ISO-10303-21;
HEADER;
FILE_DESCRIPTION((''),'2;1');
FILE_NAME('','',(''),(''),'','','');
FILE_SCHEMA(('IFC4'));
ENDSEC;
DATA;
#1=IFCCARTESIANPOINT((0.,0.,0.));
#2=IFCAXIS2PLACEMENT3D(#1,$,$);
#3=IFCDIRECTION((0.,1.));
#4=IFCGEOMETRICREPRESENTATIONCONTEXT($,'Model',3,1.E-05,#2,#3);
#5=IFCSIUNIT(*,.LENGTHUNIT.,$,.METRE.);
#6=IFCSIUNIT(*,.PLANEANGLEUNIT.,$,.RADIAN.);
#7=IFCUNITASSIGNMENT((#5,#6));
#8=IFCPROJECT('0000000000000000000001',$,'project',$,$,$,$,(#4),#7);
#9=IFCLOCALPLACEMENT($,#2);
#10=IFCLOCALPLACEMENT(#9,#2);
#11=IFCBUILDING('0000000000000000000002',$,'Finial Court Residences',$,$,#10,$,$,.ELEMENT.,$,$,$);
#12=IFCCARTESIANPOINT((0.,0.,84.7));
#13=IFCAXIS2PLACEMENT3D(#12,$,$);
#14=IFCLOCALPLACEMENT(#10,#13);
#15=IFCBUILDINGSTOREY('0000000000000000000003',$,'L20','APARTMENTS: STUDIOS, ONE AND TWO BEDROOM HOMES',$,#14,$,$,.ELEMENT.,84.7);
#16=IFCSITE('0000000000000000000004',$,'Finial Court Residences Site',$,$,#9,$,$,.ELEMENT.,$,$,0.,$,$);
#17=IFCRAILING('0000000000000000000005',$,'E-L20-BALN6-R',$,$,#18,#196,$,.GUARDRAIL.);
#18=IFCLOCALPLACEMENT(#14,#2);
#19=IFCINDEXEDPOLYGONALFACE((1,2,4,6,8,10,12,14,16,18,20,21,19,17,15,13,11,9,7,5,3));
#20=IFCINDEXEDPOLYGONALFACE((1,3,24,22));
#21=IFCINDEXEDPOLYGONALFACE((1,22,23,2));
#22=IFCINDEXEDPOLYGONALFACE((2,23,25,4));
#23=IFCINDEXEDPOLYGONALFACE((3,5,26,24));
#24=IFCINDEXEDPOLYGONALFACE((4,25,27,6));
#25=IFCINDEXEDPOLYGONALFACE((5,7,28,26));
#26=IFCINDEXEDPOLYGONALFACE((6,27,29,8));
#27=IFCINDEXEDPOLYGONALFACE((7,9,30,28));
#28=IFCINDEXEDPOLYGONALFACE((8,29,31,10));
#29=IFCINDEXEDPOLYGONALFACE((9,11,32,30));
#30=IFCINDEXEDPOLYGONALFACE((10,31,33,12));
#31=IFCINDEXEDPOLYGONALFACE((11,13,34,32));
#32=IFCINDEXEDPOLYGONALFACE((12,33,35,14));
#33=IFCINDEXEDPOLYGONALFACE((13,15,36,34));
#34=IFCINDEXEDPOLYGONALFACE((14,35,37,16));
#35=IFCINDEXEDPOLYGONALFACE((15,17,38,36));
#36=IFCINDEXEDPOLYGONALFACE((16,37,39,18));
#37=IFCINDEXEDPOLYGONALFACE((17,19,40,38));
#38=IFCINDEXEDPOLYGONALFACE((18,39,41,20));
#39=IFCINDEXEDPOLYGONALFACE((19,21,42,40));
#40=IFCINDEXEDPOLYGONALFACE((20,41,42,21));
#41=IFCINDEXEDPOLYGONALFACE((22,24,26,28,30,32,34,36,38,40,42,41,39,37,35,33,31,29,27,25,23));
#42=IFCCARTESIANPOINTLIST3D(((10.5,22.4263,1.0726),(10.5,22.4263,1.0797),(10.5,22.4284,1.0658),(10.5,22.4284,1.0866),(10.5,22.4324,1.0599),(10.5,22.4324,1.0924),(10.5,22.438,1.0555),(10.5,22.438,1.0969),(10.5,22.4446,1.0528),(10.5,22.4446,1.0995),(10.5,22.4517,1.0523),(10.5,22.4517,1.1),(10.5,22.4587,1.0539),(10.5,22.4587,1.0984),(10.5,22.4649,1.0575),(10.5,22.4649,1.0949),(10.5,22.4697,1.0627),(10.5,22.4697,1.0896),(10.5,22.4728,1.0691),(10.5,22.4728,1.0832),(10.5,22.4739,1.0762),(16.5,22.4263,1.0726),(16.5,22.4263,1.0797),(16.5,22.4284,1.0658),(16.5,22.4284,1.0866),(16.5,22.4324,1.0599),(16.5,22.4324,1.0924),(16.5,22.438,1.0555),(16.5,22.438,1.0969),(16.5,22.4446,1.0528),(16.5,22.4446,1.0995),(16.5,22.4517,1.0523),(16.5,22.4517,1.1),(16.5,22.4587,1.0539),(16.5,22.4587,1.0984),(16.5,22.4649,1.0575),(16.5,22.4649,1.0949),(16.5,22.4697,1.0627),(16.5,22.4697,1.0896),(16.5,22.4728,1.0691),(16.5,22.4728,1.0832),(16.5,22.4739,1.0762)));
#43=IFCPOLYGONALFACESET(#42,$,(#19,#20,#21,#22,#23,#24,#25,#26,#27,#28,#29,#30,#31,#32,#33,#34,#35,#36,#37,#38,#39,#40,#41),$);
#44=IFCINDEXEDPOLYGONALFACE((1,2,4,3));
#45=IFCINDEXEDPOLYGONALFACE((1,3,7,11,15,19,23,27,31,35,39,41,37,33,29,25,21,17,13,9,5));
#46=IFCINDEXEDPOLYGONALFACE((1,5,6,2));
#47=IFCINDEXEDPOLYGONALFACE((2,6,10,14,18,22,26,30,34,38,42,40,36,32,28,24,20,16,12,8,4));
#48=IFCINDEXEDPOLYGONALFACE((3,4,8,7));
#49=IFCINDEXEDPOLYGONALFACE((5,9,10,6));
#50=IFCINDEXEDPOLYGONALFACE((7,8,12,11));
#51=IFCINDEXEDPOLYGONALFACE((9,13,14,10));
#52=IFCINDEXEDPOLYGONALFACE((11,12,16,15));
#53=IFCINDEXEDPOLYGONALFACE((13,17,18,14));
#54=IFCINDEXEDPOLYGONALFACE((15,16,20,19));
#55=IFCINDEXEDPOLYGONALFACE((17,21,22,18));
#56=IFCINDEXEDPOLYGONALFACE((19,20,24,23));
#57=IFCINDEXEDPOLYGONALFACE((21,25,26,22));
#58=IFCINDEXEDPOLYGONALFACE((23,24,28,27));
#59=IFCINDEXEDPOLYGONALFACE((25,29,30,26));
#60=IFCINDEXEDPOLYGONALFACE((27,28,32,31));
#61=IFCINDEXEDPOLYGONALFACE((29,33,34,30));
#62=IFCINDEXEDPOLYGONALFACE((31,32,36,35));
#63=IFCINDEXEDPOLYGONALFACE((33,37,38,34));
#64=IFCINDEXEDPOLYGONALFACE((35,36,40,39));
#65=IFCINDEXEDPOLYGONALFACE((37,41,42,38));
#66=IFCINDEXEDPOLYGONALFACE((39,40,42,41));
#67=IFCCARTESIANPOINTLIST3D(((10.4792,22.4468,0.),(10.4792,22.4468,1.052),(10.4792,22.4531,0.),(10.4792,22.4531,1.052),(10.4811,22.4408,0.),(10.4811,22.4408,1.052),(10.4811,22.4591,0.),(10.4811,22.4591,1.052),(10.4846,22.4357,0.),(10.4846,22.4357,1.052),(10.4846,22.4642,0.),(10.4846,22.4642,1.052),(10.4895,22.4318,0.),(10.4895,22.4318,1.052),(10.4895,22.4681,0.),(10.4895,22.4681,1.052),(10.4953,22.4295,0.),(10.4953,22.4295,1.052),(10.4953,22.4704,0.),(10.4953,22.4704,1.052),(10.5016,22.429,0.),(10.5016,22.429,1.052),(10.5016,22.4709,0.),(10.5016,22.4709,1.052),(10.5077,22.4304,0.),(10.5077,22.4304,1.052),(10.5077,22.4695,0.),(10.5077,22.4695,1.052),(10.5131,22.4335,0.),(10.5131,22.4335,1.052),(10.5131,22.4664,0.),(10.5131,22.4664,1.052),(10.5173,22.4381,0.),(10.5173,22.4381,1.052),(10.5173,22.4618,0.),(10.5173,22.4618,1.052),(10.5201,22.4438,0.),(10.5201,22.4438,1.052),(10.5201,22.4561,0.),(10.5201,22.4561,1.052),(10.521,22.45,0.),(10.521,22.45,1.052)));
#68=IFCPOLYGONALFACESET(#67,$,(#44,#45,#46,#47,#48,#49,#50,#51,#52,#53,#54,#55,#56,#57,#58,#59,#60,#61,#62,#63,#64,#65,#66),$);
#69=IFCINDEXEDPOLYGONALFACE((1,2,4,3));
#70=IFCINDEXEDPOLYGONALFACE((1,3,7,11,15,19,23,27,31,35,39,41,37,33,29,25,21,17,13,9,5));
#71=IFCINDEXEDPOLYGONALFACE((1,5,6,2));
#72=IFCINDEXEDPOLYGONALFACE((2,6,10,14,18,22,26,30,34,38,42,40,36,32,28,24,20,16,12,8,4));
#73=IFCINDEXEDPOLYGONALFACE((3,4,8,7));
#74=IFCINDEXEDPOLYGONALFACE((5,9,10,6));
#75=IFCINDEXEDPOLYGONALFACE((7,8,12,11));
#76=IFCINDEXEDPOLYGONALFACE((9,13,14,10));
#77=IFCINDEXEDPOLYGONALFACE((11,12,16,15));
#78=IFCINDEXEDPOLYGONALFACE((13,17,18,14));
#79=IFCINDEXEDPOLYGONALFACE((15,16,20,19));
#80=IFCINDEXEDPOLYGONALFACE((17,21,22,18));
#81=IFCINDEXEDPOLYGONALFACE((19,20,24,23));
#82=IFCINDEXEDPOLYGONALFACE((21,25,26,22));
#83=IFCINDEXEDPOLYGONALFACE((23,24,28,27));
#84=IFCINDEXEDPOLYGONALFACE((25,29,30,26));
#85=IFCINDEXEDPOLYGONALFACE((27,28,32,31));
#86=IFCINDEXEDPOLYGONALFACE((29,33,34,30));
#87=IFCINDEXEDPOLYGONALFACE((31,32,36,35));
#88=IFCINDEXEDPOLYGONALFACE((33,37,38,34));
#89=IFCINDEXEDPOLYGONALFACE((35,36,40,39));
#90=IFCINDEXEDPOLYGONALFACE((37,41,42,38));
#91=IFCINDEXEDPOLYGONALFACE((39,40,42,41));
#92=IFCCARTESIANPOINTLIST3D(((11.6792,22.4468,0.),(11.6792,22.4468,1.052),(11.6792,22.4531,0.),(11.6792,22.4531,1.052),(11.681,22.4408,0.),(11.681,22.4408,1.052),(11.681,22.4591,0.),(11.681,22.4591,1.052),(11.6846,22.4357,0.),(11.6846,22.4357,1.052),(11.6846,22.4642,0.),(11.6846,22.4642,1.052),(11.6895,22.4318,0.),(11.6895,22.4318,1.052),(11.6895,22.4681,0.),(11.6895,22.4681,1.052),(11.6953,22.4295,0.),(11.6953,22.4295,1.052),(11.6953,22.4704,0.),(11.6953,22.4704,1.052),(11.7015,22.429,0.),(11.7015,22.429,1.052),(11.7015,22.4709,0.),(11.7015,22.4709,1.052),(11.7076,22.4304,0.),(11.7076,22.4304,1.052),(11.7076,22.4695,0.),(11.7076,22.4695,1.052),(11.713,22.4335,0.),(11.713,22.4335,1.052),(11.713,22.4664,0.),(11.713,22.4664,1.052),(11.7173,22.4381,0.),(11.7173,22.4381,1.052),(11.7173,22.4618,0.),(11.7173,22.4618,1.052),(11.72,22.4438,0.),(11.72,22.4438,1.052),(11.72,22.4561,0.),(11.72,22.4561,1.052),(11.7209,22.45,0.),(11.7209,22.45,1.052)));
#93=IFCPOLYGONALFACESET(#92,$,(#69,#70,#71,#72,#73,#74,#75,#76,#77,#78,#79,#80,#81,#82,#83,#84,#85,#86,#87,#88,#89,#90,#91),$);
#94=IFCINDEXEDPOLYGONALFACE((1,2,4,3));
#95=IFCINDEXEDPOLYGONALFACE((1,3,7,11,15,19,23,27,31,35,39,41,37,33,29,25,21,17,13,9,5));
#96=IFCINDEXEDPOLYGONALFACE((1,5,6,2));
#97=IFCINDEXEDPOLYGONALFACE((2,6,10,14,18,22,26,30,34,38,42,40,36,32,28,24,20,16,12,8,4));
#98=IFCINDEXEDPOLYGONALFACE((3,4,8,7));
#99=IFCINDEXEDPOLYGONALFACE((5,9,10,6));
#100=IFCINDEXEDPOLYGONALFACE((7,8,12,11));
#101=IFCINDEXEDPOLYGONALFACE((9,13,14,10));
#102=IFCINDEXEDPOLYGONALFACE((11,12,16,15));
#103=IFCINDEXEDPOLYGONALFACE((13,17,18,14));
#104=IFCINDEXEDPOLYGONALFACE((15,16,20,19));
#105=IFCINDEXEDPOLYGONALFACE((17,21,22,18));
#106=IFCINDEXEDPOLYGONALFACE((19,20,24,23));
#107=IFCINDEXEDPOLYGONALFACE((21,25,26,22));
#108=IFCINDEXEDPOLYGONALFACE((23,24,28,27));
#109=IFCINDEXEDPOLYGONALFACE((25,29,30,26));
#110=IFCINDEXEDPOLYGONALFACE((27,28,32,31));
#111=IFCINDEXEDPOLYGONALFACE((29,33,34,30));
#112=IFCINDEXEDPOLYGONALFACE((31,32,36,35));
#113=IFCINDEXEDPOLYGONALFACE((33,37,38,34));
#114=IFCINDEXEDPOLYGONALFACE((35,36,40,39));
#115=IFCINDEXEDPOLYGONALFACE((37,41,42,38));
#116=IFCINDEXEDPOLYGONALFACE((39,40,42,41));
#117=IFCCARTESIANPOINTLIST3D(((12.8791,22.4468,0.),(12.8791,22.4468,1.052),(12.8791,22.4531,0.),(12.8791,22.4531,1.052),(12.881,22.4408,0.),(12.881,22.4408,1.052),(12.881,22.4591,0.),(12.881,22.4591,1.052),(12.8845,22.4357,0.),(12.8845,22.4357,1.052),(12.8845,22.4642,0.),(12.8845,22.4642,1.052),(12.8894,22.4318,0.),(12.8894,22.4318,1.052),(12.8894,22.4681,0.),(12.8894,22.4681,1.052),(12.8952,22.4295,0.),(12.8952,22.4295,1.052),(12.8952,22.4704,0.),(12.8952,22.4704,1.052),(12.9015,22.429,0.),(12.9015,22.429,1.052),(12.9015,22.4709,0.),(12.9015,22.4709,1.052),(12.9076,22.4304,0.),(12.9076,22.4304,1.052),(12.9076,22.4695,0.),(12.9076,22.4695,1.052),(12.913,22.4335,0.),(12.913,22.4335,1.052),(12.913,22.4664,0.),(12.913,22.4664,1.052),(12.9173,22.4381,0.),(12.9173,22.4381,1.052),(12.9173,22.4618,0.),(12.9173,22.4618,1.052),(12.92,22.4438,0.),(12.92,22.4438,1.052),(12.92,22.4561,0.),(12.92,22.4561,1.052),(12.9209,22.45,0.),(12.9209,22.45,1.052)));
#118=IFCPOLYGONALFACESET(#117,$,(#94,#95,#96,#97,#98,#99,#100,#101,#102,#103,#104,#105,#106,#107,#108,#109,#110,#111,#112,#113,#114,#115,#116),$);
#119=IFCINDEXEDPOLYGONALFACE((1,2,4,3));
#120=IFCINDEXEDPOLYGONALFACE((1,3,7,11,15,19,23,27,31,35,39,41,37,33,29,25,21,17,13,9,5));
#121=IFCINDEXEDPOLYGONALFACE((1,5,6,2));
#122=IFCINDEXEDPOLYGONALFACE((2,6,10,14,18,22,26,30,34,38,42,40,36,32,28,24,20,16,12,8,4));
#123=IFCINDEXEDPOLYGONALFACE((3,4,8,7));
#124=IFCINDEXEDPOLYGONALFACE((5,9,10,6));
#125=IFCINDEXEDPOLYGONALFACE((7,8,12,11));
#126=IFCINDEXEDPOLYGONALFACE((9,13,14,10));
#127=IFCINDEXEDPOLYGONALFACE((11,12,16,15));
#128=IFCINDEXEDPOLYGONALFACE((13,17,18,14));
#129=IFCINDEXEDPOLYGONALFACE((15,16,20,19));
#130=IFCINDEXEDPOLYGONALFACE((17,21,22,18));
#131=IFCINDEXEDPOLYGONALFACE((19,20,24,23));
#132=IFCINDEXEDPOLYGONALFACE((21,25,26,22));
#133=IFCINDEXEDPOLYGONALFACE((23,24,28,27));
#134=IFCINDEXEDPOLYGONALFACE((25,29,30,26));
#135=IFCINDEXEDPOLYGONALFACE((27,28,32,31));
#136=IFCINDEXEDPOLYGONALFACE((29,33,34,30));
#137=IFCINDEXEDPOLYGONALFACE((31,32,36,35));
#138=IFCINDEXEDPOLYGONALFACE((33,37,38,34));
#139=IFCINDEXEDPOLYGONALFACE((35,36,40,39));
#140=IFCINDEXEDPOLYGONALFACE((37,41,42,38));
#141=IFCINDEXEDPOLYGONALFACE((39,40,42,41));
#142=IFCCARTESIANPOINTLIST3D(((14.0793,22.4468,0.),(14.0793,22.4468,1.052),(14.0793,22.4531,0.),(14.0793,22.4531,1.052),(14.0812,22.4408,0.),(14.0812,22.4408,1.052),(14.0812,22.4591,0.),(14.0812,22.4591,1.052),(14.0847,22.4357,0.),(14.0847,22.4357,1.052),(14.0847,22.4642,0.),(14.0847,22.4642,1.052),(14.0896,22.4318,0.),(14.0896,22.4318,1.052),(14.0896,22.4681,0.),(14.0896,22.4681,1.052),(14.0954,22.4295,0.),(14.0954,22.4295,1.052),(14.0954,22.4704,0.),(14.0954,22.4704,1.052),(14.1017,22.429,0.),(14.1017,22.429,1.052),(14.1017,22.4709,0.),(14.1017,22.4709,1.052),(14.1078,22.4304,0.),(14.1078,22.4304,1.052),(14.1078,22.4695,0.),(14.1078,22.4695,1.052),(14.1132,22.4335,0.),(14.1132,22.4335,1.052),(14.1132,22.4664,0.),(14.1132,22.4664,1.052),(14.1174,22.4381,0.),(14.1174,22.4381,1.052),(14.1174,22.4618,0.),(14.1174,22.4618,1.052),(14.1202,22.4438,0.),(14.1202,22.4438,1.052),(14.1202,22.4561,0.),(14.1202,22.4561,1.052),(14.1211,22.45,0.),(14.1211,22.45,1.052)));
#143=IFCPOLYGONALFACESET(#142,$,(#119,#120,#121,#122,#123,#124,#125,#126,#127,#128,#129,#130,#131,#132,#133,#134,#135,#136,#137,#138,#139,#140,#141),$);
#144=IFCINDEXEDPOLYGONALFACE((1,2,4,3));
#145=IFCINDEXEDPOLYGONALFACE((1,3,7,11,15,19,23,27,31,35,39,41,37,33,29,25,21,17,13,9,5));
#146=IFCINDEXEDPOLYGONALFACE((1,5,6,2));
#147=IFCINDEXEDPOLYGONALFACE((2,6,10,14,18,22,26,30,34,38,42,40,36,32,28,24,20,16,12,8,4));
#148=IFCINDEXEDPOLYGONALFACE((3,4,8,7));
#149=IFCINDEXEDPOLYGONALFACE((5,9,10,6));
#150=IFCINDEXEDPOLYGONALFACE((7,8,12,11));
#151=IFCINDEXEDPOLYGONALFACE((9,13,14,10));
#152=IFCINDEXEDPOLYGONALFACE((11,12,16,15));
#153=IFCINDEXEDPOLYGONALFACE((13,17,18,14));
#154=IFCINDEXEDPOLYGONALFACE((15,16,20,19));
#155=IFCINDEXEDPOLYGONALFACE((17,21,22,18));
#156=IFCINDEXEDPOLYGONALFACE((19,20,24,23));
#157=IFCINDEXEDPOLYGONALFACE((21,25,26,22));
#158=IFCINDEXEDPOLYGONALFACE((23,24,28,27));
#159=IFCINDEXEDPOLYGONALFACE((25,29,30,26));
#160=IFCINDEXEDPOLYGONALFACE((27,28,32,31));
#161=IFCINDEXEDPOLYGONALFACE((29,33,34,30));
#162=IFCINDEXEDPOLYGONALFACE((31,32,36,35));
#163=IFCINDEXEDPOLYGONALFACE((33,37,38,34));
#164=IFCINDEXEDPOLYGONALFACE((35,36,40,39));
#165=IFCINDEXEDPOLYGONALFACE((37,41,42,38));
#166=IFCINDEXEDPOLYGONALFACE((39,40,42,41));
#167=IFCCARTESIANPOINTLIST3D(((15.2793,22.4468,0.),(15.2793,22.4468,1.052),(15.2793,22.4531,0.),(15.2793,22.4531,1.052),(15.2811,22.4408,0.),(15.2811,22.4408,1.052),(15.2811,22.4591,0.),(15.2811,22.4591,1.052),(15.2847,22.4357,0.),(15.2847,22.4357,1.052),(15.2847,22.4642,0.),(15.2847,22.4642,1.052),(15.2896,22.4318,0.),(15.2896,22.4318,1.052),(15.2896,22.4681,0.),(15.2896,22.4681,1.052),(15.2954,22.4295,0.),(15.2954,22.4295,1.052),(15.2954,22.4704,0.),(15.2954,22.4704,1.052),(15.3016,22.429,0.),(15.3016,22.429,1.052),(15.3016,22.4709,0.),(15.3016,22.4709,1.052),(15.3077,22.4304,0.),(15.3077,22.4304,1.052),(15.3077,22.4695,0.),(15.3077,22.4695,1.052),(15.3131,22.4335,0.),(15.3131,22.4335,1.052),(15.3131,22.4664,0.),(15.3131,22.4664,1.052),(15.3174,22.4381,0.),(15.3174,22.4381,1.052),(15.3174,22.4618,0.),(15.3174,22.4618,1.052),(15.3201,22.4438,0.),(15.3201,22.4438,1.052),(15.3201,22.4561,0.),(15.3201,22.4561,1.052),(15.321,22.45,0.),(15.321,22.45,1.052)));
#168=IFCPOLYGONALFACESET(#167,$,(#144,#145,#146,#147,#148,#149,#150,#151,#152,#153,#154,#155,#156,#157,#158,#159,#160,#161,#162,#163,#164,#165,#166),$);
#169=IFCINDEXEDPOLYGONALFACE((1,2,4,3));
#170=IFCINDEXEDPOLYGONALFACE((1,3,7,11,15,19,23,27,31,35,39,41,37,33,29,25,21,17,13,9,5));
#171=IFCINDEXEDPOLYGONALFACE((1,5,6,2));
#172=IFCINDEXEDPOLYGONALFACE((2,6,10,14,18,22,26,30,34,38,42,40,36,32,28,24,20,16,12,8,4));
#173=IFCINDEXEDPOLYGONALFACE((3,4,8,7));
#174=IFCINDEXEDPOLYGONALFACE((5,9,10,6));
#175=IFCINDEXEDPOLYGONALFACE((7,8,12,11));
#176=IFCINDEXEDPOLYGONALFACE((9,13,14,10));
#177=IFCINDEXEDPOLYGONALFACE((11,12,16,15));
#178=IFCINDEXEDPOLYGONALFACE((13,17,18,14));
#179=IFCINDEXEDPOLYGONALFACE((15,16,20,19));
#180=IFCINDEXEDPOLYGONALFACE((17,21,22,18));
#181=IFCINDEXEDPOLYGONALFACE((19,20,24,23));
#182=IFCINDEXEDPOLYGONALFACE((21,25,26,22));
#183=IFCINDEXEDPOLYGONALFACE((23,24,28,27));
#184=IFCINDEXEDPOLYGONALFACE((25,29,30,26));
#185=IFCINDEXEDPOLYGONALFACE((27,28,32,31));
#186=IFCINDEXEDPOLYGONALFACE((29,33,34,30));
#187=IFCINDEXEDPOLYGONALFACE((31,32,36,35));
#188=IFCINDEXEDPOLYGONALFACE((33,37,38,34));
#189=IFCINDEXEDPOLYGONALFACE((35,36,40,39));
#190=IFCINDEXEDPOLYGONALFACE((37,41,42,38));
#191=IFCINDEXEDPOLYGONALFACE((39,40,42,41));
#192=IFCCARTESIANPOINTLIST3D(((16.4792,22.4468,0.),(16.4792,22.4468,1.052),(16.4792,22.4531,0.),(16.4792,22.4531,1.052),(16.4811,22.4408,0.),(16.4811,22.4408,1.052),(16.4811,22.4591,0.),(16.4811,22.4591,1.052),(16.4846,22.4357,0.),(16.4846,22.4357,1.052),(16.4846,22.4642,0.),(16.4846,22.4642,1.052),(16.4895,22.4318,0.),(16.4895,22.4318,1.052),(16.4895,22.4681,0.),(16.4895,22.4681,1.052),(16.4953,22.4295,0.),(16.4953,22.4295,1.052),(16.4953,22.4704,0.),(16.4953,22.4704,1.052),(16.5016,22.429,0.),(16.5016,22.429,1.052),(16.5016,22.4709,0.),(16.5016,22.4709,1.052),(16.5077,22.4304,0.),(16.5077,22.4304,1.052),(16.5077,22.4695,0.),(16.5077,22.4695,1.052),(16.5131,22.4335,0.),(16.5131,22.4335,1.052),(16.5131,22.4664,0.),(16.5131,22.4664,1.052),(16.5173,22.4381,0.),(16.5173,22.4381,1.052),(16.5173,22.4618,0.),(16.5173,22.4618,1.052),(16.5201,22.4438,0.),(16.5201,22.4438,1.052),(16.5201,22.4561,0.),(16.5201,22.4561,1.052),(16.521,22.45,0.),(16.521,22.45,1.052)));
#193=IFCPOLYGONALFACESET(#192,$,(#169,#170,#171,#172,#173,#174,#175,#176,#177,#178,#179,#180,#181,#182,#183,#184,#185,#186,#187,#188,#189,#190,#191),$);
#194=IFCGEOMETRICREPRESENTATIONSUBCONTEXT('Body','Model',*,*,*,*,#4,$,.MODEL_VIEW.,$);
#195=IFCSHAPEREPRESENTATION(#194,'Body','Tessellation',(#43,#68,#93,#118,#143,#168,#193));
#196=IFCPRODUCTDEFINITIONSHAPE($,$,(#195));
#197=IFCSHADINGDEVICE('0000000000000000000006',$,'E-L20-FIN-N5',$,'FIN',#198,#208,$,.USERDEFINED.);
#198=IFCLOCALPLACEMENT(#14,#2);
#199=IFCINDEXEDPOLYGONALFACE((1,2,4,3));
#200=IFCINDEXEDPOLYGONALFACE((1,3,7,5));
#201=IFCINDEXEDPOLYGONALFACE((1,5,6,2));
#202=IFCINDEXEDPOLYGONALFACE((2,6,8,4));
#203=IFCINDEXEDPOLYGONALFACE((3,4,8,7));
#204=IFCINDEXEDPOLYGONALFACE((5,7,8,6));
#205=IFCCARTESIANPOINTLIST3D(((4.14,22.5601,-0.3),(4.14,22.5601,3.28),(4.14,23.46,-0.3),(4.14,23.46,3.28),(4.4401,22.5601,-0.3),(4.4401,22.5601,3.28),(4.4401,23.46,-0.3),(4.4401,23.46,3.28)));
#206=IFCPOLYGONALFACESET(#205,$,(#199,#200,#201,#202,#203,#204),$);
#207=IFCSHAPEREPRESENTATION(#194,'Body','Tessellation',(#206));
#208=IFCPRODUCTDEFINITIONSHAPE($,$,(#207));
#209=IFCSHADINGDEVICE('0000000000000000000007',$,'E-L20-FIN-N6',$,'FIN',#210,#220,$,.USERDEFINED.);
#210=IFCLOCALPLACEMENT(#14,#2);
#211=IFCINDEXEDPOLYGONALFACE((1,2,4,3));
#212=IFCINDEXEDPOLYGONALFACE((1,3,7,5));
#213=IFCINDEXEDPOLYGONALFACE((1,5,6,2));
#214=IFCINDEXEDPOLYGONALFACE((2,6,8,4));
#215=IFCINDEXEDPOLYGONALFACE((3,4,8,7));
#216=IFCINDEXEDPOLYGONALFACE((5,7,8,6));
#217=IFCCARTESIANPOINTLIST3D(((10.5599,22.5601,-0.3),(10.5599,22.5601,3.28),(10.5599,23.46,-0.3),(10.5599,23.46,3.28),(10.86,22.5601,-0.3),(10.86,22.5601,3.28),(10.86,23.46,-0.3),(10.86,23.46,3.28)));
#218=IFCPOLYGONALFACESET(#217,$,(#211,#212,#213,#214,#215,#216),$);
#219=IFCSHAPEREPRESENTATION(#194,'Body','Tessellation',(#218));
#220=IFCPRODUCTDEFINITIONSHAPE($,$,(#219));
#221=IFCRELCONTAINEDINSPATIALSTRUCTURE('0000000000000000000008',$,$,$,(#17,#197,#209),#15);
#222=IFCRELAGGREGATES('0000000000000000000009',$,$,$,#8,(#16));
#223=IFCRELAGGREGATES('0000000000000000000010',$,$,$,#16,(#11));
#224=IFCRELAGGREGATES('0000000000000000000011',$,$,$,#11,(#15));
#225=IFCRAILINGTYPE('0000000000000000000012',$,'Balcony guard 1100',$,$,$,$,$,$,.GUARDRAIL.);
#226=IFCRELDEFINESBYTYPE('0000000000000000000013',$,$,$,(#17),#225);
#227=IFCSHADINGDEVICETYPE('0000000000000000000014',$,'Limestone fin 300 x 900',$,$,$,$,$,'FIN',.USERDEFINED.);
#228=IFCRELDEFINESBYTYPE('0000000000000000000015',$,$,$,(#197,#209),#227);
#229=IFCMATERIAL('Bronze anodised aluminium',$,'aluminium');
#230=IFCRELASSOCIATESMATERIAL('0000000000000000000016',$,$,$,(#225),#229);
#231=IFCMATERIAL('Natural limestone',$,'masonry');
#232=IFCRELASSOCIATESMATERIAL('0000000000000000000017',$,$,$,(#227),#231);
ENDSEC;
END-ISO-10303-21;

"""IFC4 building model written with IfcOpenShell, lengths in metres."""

from ifc_helpers import new_model, si_unit, direction, frame, origin, origin_2d, place, context, subcontext, project, spatial, rectangle, circle, extrude, material, type_object, element, save


model = new_model("IFC4")

# Units and contexts
model_context = context("Model", 3, precision=1e-05, world=origin(), true_north=direction((0.0, 1.0)))
body_context = subcontext(model_context, "Body", "Model", "MODEL_VIEW")
ifc_project = project(units=[si_unit("LENGTHUNIT", "METRE"), si_unit("PLANEANGLEUNIT", "RADIAN")], contexts=[model_context])

# Site, building, storey
site_placement = place(None, origin())
site = spatial("IfcSite", under=ifc_project, at=site_placement, Name="Finial Court Residences Site", CompositionType="ELEMENT", RefElevation=0.0)
building_placement = place(site_placement, origin())
building = spatial("IfcBuilding", under=site, at=building_placement, Name="Finial Court Residences", CompositionType="ELEMENT")
storey_placement = place(building_placement, frame((0.0, 0.0, 84.7)))
storey = spatial("IfcBuildingStorey", under=building, at=storey_placement, Name="L20", Description="APARTMENTS: STUDIOS, ONE AND TWO BEDROOM HOMES", CompositionType="ELEMENT", Elevation=84.7)

# Shared definitions
ifc_material_1 = material(Name="Bronze anodised aluminium", Category="aluminium")

# Shared definitions
ifc_material_2 = material(Name="Natural limestone", Category="masonry")

# Railing
railing_type = type_object("IfcRailingType", Name="Balcony guard 1100", PredefinedType="GUARDRAIL", material=ifc_material_1)
railing_placement = place(storey_placement, frame((10.5, 22.45, 0.0)))
element("IfcRailing", 1, at=railing_placement, inside=storey, type_object=railing_type, Name="E-L20-BALN6-R", PredefinedType="GUARDRAIL", context=body_context, shape_type="SweptSolid", body=[
    extrude(circle(Radius=0.0239, at=origin_2d()), frame((0.0, 0.0, 1.0762), z_axis=(1.0, 0.0, 0.0), x_axis=(0.0, 1.0, 0.0)), (0.0, 0.0, 1.0), 6.0),
    extrude(circle(Radius=0.021, at=origin_2d()), origin(), (0.0, 0.0, 1.0), 1.052),
    extrude(circle(Radius=0.021, at=origin_2d()), frame((1.2, 0.0, 0.0)), (0.0, 0.0, 1.0), 1.052),
    extrude(circle(Radius=0.021, at=origin_2d()), frame((2.3999, 0.0, 0.0)), (0.0, 0.0, 1.0), 1.052),
    extrude(circle(Radius=0.021, at=origin_2d()), frame((3.6001, 0.0, 0.0)), (0.0, 0.0, 1.0), 1.052),
    extrude(circle(Radius=0.021, at=origin_2d()), frame((4.8, 0.0, 0.0)), (0.0, 0.0, 1.0), 1.052),
    extrude(circle(Radius=0.021, at=origin_2d()), frame((6.0, 0.0, 0.0)), (0.0, 0.0, 1.0), 1.052),
])

# Shading devices
shading_device_type = type_object("IfcShadingDeviceType", Name="Limestone fin 300 x 900", ElementType="FIN", PredefinedType="USERDEFINED", material=ifc_material_2)
for number, where, z_axis, x_axis, name in (
    (2, (4.29, 23.01, -0.3), (0.0, 0.0, 1.0), (1.0, 0.0, 0.0), "E-L20-FIN-N5"),
    (3, (10.71, 23.01, -0.3), (0.0, 0.0, 1.0), (1.0, 0.0, 0.0), "E-L20-FIN-N6"),
):
    element("IfcShadingDevice", number, at=place(storey_placement, frame(where, z_axis=z_axis, x_axis=x_axis)), inside=storey, type_object=shading_device_type, Name=name, ObjectType="FIN", PredefinedType="USERDEFINED", context=body_context, shape_type="SweptSolid", body=[
        extrude(rectangle(XDim=0.3, YDim=0.8999, at=origin_2d()), origin(), (0.0, 0.0, 1.0), 3.5801),
    ])

save(model, "model.ifc")
